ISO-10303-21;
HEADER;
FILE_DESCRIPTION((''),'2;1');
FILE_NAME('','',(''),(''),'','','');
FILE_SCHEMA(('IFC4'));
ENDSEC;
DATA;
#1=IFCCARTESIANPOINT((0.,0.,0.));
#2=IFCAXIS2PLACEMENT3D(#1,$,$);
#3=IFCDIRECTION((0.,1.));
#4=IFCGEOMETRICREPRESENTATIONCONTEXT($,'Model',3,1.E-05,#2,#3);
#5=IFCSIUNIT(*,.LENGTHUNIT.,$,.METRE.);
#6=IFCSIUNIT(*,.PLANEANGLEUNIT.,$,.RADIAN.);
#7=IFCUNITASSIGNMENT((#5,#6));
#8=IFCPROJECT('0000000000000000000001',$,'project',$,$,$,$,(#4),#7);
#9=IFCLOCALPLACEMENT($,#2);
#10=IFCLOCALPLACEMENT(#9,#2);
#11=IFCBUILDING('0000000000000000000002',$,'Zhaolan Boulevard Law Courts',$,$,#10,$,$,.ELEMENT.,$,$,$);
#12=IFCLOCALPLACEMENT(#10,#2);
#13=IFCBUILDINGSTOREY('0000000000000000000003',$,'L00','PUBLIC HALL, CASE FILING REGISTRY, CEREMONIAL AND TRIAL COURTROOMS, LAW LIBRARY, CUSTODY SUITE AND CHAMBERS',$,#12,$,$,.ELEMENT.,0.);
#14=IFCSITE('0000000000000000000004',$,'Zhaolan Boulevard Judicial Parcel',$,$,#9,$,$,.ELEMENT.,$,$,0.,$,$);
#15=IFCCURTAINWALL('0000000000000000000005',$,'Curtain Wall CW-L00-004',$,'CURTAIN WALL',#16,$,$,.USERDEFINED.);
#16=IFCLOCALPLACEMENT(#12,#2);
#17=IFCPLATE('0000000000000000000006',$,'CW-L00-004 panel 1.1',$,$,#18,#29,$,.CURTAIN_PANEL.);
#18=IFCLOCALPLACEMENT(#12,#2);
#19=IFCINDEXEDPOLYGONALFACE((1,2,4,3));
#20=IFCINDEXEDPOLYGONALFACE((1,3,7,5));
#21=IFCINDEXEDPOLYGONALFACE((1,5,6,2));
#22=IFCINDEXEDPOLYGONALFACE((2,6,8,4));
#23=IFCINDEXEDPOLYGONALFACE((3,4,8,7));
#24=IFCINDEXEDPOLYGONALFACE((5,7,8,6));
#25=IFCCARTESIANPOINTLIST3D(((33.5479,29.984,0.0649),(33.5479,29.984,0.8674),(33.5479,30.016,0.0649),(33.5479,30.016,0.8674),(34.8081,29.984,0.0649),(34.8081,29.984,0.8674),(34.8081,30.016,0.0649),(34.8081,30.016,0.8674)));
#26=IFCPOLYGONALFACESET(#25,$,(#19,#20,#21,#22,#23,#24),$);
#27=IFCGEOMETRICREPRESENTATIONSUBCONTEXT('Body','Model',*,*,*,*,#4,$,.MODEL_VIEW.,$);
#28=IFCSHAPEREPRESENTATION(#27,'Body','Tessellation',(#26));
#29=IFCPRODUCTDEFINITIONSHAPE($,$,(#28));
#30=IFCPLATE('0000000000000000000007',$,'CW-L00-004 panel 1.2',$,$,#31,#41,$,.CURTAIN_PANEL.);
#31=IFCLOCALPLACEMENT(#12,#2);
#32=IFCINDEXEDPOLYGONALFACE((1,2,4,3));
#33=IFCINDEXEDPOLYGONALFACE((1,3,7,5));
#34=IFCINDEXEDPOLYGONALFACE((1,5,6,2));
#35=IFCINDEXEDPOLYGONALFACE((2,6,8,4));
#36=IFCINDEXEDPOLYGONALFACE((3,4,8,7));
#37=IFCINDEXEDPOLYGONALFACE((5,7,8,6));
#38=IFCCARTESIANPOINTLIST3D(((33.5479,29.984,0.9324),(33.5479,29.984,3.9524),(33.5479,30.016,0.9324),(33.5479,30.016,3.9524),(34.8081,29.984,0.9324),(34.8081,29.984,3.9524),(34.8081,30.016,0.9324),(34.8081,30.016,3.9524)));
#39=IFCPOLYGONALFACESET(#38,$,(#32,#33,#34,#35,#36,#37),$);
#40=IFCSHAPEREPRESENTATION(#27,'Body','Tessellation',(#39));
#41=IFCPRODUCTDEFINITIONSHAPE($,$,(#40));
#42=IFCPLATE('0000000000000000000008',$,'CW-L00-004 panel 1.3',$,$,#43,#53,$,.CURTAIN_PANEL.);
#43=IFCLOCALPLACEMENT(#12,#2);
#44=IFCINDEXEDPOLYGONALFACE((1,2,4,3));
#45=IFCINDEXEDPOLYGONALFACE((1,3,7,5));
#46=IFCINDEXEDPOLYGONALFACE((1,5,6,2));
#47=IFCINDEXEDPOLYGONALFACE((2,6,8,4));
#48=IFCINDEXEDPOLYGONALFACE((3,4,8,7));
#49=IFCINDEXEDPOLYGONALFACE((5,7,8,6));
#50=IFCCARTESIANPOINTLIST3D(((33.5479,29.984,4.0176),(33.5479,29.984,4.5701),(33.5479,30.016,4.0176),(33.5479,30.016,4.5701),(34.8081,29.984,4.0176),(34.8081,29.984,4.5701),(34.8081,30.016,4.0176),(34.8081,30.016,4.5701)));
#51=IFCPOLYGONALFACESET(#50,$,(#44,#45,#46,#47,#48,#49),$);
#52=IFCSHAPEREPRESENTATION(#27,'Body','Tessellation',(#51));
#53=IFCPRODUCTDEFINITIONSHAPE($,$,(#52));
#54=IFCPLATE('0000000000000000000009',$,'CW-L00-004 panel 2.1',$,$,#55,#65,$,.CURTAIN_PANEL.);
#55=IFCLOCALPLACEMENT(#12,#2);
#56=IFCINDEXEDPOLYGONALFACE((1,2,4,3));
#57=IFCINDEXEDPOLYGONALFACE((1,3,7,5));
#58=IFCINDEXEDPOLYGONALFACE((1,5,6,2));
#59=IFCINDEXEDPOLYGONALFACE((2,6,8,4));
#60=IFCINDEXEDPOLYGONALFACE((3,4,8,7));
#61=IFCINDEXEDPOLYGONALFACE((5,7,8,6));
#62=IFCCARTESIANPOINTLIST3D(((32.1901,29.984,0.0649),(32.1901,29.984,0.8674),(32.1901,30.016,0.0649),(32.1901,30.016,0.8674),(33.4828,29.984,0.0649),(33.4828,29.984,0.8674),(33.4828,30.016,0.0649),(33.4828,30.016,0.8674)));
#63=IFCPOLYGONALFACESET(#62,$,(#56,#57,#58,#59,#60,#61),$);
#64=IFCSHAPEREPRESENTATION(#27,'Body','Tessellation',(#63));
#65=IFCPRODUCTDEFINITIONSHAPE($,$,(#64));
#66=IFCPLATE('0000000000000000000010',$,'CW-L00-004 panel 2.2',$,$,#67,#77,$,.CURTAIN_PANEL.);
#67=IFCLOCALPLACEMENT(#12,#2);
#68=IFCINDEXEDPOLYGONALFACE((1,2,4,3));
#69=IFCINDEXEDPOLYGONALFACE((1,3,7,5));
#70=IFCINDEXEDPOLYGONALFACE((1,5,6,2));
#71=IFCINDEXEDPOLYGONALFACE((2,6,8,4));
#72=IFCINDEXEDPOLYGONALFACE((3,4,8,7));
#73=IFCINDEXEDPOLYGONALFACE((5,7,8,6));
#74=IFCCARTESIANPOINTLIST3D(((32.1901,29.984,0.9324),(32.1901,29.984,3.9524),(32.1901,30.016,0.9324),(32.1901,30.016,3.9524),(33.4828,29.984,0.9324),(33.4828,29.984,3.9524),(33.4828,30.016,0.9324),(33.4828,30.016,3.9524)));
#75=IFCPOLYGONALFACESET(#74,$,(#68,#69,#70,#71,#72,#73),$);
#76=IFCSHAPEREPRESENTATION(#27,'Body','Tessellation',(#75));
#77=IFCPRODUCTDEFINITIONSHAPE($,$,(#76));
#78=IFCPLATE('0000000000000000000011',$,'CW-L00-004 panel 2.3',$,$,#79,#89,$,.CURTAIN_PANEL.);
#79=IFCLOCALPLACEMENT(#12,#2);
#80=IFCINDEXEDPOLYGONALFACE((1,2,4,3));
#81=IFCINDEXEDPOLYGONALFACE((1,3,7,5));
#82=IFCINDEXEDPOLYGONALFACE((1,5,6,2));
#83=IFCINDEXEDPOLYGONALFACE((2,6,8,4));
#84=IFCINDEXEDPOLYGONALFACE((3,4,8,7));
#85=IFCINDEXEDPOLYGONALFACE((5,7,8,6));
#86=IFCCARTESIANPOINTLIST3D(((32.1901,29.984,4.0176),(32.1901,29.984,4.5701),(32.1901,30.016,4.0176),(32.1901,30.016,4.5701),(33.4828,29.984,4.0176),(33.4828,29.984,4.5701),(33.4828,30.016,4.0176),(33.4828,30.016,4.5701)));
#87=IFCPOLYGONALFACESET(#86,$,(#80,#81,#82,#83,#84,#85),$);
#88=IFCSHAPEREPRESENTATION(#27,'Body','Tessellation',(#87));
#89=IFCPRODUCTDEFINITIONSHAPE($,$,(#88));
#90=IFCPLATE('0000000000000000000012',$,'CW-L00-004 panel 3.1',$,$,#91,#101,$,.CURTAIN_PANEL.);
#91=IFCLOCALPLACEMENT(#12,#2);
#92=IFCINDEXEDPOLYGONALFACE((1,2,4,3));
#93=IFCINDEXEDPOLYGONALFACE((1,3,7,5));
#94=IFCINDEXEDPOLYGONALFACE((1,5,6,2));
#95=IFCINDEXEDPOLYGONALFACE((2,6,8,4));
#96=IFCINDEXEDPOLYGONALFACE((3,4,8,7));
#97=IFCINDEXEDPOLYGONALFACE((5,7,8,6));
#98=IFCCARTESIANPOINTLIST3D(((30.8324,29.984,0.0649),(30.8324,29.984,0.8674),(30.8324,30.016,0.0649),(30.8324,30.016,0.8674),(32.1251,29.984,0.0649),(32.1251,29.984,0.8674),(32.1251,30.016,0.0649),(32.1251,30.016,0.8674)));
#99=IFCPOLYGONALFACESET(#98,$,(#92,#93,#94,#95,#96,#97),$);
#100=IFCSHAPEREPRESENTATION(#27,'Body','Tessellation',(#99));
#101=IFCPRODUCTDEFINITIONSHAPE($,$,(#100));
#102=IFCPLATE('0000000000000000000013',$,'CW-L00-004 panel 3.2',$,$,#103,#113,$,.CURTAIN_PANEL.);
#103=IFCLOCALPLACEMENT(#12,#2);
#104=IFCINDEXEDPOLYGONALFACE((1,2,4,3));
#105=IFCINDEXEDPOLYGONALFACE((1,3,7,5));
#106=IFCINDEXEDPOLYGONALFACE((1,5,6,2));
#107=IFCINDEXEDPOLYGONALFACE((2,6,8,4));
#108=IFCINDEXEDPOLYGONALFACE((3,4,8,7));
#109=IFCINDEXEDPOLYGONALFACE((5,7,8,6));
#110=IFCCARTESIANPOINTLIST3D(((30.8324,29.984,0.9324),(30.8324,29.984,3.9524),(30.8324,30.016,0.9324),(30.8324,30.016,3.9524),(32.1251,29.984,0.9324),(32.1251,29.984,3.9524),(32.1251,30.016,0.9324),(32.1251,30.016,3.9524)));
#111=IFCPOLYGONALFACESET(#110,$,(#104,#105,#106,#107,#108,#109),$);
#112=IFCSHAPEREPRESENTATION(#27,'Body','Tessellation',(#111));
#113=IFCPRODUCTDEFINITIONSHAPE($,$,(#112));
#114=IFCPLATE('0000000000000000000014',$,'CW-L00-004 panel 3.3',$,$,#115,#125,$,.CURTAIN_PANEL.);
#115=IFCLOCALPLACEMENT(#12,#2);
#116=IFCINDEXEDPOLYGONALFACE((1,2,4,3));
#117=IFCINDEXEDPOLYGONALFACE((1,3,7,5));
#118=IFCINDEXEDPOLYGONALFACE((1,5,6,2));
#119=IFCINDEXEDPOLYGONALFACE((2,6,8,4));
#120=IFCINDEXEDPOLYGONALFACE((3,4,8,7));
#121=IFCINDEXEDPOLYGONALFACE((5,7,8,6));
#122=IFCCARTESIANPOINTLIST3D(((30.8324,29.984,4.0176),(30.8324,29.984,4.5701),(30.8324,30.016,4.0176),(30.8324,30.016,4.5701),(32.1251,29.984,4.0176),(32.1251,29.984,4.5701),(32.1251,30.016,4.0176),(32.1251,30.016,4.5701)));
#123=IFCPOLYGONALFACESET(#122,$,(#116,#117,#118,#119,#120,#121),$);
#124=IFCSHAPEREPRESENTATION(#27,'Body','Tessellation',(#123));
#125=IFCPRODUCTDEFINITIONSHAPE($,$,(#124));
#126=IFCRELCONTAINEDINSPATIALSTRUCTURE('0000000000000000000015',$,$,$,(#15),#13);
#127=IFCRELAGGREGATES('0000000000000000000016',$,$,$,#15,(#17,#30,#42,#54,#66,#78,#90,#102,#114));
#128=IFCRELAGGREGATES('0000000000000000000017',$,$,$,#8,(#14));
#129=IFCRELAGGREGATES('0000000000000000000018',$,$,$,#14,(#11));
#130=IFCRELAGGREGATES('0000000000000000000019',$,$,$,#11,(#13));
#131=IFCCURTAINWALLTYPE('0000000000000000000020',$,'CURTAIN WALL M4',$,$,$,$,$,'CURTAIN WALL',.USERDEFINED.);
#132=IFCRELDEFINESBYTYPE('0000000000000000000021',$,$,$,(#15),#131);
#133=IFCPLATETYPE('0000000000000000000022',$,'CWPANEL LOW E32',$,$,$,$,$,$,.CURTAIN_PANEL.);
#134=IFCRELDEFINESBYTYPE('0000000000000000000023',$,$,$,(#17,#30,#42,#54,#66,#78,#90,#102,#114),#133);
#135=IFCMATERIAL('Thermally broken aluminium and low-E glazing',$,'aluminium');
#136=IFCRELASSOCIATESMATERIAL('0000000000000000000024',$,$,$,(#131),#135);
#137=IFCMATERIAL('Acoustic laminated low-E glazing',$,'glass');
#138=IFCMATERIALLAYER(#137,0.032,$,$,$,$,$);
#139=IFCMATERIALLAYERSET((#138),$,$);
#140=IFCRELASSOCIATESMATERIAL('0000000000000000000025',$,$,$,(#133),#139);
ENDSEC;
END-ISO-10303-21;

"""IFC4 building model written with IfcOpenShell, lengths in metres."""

from ifc_helpers import new_model, si_unit, direction, frame, origin, origin_2d, place, context, subcontext, project, spatial, rectangle, extrude, material, layer, layer_set, type_object, element, aggregate, save


model = new_model("IFC4")

# Units and contexts
model_context = context("Model", 3, precision=1e-05, world=origin(), true_north=direction((0.0, 1.0)))
body_context = subcontext(model_context, "Body", "Model", "MODEL_VIEW")
ifc_project = project(units=[si_unit("LENGTHUNIT", "METRE"), si_unit("PLANEANGLEUNIT", "RADIAN")], contexts=[model_context])

# Site, building, storey
site_placement = place(None, origin())
site = spatial("IfcSite", under=ifc_project, at=site_placement, Name="Zhaolan Boulevard Judicial Parcel", CompositionType="ELEMENT", RefElevation=0.0)
building_placement = place(site_placement, origin())
building = spatial("IfcBuilding", under=site, at=building_placement, Name="Zhaolan Boulevard Law Courts", CompositionType="ELEMENT")
storey_placement = place(building_placement, origin())
storey = spatial("IfcBuildingStorey", under=building, at=storey_placement, Name="L00", Description="PUBLIC HALL, CASE FILING REGISTRY, CEREMONIAL AND TRIAL COURTROOMS, LAW LIBRARY, CUSTODY SUITE AND CHAMBERS", CompositionType="ELEMENT", Elevation=0.0)

# Curtain wall, plates
ifc_material_1 = material(Name="Thermally broken aluminium and low-E glazing", Category="aluminium")
curtain_wall_type = type_object("IfcCurtainWallType", Name="CURTAIN WALL M4", ElementType="CURTAIN WALL", PredefinedType="USERDEFINED", material=ifc_material_1)
curtain_wall_placement = place(storey_placement, origin())
curtain_wall = element("IfcCurtainWall", 1, at=curtain_wall_placement, inside=storey, type_object=curtain_wall_type, Name="Curtain Wall CW-L00-004", ObjectType="CURTAIN WALL", PredefinedType="USERDEFINED")
ifc_material_2 = material(Name="Acoustic laminated low-E glazing", Category="glass")
ifc_layer = layer(ifc_material_2, 0.032)
ifc_layer_set = layer_set([ifc_layer])
plate_type = type_object("IfcPlateType", Name="CWPANEL LOW E32", PredefinedType="CURTAIN_PANEL", material=ifc_layer_set)
plate_1_placement = place(storey_placement, frame((34.178, 30.0, 0.0649), z_axis=(0.0, 0.0, 1.0), x_axis=(-1.0, 0.0, 0.0)))
plate_1 = element("IfcPlate", 2, at=plate_1_placement, type_object=plate_type, Name="CW-L00-004 panel 1.1", PredefinedType="CURTAIN_PANEL", context=body_context, shape_type="SweptSolid", body=[
    extrude(rectangle(XDim=1.2603, YDim=0.032, at=origin_2d()), origin(), (0.0, 0.0, 1.0), 0.8025),
])
plate_2_placement = place(storey_placement, frame((34.178, 30.0, 0.9324), z_axis=(0.0, 0.0, 1.0), x_axis=(-1.0, 0.0, 0.0)))
plate_2 = element("IfcPlate", 3, at=plate_2_placement, type_object=plate_type, Name="CW-L00-004 panel 1.2", PredefinedType="CURTAIN_PANEL", context=body_context, shape_type="SweptSolid", body=[
    extrude(rectangle(XDim=1.2603, YDim=0.032, at=origin_2d()), origin(), (0.0, 0.0, 1.0), 3.02),
])
plate_3_placement = place(storey_placement, frame((34.178, 30.0, 4.0176), z_axis=(0.0, 0.0, 1.0), x_axis=(-1.0, 0.0, 0.0)))
plate_3 = element("IfcPlate", 4, at=plate_3_placement, type_object=plate_type, Name="CW-L00-004 panel 1.3", PredefinedType="CURTAIN_PANEL", context=body_context, shape_type="SweptSolid", body=[
    extrude(rectangle(XDim=1.2603, YDim=0.032, at=origin_2d()), origin(), (0.0, 0.0, 1.0), 0.5525),
])
plate_4_placement = place(storey_placement, frame((32.8364, 30.0, 0.0649), z_axis=(0.0, 0.0, 1.0), x_axis=(-1.0, 0.0, 0.0)))
plate_4 = element("IfcPlate", 5, at=plate_4_placement, type_object=plate_type, Name="CW-L00-004 panel 2.1", PredefinedType="CURTAIN_PANEL", context=body_context, shape_type="SweptSolid", body=[
    extrude(rectangle(XDim=1.2927, YDim=0.032, at=origin_2d()), origin(), (0.0, 0.0, 1.0), 0.8025),
])
plate_5_placement = place(storey_placement, frame((32.8364, 30.0, 0.9324), z_axis=(0.0, 0.0, 1.0), x_axis=(-1.0, 0.0, 0.0)))
plate_5 = element("IfcPlate", 6, at=plate_5_placement, type_object=plate_type, Name="CW-L00-004 panel 2.2", PredefinedType="CURTAIN_PANEL", context=body_context, shape_type="SweptSolid", body=[
    extrude(rectangle(XDim=1.2927, YDim=0.032, at=origin_2d()), origin(), (0.0, 0.0, 1.0), 3.02),
])
plate_6_placement = place(storey_placement, frame((32.8364, 30.0, 4.0176), z_axis=(0.0, 0.0, 1.0), x_axis=(-1.0, 0.0, 0.0)))
plate_6 = element("IfcPlate", 7, at=plate_6_placement, type_object=plate_type, Name="CW-L00-004 panel 2.3", PredefinedType="CURTAIN_PANEL", context=body_context, shape_type="SweptSolid", body=[
    extrude(rectangle(XDim=1.2927, YDim=0.032, at=origin_2d()), origin(), (0.0, 0.0, 1.0), 0.5525),
])
plate_7_placement = place(storey_placement, frame((31.4788, 30.0, 0.0649), z_axis=(0.0, 0.0, 1.0), x_axis=(-1.0, 0.0, 0.0)))
plate_7 = element("IfcPlate", 8, at=plate_7_placement, type_object=plate_type, Name="CW-L00-004 panel 3.1", PredefinedType="CURTAIN_PANEL", context=body_context, shape_type="SweptSolid", body=[
    extrude(rectangle(XDim=1.2927, YDim=0.032, at=origin_2d()), origin(), (0.0, 0.0, 1.0), 0.8025),
])
plate_8_placement = place(storey_placement, frame((31.4788, 30.0, 0.9324), z_axis=(0.0, 0.0, 1.0), x_axis=(-1.0, 0.0, 0.0)))
plate_8 = element("IfcPlate", 9, at=plate_8_placement, type_object=plate_type, Name="CW-L00-004 panel 3.2", PredefinedType="CURTAIN_PANEL", context=body_context, shape_type="SweptSolid", body=[
    extrude(rectangle(XDim=1.2927, YDim=0.032, at=origin_2d()), origin(), (0.0, 0.0, 1.0), 3.02),
])
plate_9_placement = place(storey_placement, frame((31.4788, 30.0, 4.0176), z_axis=(0.0, 0.0, 1.0), x_axis=(-1.0, 0.0, 0.0)))
plate_9 = element("IfcPlate", 10, at=plate_9_placement, type_object=plate_type, Name="CW-L00-004 panel 3.3", PredefinedType="CURTAIN_PANEL", context=body_context, shape_type="SweptSolid", body=[
    extrude(rectangle(XDim=1.2927, YDim=0.032, at=origin_2d()), origin(), (0.0, 0.0, 1.0), 0.5525),
])
aggregate(curtain_wall, [plate_1, plate_2, plate_3, plate_4, plate_5, plate_6, plate_7, plate_8, plate_9])

save(model, "model.ifc")
